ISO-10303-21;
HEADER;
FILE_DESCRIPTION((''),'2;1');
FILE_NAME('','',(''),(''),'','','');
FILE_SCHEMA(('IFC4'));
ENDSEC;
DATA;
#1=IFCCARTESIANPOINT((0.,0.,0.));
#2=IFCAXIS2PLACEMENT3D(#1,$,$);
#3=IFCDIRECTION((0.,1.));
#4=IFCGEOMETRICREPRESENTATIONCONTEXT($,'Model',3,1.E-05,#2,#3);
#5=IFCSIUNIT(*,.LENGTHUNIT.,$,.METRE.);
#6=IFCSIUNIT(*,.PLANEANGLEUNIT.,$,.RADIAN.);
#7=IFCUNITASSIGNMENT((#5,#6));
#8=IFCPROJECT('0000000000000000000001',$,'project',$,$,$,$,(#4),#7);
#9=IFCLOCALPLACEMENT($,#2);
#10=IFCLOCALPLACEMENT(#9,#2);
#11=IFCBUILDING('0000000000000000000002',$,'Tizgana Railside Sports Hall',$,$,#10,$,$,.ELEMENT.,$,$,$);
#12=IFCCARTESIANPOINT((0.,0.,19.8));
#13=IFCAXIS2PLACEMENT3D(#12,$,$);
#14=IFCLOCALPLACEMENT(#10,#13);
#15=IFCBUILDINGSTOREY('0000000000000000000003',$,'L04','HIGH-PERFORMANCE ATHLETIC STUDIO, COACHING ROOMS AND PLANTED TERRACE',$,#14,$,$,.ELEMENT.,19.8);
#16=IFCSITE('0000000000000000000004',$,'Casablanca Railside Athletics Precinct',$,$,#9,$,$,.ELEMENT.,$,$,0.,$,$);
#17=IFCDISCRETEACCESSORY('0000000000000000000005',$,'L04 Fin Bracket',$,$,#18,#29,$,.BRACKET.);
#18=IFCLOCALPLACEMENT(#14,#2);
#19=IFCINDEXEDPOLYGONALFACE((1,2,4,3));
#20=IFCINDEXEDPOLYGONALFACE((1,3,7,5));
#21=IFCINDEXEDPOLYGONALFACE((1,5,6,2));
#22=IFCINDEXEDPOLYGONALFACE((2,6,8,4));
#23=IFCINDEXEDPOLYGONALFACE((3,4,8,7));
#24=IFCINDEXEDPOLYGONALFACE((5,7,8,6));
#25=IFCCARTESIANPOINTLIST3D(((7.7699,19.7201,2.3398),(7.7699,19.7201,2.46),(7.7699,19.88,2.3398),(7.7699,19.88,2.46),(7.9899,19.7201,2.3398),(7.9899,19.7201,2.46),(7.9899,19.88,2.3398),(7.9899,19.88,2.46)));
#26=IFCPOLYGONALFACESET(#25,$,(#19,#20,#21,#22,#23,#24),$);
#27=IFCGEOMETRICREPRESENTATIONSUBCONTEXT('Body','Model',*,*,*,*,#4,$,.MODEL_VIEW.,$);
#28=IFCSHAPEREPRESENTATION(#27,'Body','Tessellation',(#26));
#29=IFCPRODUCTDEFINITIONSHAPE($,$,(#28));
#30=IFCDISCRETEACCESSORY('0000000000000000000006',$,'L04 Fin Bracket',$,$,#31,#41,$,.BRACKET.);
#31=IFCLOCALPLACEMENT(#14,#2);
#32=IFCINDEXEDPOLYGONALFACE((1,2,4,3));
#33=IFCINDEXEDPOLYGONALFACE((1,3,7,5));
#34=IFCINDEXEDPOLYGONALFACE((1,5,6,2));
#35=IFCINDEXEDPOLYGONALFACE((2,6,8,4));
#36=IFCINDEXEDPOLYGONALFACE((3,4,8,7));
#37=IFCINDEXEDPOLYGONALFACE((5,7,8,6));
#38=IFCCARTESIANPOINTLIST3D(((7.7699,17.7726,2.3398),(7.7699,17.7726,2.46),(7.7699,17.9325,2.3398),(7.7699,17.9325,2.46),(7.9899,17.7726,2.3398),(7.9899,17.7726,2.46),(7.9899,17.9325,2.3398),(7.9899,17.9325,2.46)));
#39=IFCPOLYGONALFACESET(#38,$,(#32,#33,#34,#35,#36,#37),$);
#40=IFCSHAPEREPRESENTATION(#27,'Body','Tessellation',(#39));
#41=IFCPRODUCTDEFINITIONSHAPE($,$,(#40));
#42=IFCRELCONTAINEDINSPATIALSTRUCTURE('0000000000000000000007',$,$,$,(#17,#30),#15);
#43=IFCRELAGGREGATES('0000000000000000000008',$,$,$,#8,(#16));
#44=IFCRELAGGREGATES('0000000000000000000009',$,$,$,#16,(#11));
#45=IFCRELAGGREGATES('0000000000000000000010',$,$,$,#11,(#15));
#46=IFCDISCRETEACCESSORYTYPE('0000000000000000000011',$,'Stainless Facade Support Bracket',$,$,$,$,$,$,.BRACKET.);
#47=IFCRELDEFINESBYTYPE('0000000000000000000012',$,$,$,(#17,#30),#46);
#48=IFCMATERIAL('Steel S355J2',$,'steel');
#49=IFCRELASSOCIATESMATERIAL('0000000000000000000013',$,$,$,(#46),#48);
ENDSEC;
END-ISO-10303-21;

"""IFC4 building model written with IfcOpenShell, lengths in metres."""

from ifc_helpers import new_model, si_unit, direction, frame, origin, origin_2d, place, context, subcontext, project, spatial, rectangle, extrude, material, type_object, element, save


model = new_model("IFC4")

# Units and contexts
model_context = context("Model", 3, precision=1e-05, world=origin(), true_north=direction((0.0, 1.0)))
body_context = subcontext(model_context, "Body", "Model", "MODEL_VIEW")
ifc_project = project(units=[si_unit("LENGTHUNIT", "METRE"), si_unit("PLANEANGLEUNIT", "RADIAN")], contexts=[model_context])

# Site, building, storey
site_placement = place(None, origin())
site = spatial("IfcSite", under=ifc_project, at=site_placement, Name="Casablanca Railside Athletics Precinct", CompositionType="ELEMENT", RefElevation=0.0)
building_placement = place(site_placement, origin())
building = spatial("IfcBuilding", under=site, at=building_placement, Name="Tizgana Railside Sports Hall", CompositionType="ELEMENT")
storey_placement = place(building_placement, frame((0.0, 0.0, 19.8)))
storey = spatial("IfcBuildingStorey", under=building, at=storey_placement, Name="L04", Description="HIGH-PERFORMANCE ATHLETIC STUDIO, COACHING ROOMS AND PLANTED TERRACE", CompositionType="ELEMENT", Elevation=19.8)

# Shared definitions
ifc_material_1 = material(Name="Steel S355J2", Category="steel")

# Discrete accessories
discrete_accessory_type = type_object("IfcDiscreteAccessoryType", Name="Stainless Facade Support Bracket", PredefinedType="BRACKET", material=ifc_material_1)
for number, where, z_axis, x_axis, name in (
    (1, (7.8799, 19.8, 2.3398), (0.0, 0.0, 1.0), (0.0, -1.0, 0.0), "L04 Fin Bracket"),
    (2, (7.8799, 17.8525, 2.3398), (0.0, 0.0, 1.0), (0.0, -1.0, 0.0), "L04 Fin Bracket"),
):
    element("IfcDiscreteAccessory", number, at=place(storey_placement, frame(where, z_axis=z_axis, x_axis=x_axis)), inside=storey, type_object=discrete_accessory_type, Name=name, PredefinedType="BRACKET", context=body_context, shape_type="SweptSolid", body=[
        extrude(rectangle(XDim=0.1599, YDim=0.22, at=origin_2d()), origin(), (0.0, 0.0, 1.0), 0.1201),
    ])

save(model, "model.ifc")
